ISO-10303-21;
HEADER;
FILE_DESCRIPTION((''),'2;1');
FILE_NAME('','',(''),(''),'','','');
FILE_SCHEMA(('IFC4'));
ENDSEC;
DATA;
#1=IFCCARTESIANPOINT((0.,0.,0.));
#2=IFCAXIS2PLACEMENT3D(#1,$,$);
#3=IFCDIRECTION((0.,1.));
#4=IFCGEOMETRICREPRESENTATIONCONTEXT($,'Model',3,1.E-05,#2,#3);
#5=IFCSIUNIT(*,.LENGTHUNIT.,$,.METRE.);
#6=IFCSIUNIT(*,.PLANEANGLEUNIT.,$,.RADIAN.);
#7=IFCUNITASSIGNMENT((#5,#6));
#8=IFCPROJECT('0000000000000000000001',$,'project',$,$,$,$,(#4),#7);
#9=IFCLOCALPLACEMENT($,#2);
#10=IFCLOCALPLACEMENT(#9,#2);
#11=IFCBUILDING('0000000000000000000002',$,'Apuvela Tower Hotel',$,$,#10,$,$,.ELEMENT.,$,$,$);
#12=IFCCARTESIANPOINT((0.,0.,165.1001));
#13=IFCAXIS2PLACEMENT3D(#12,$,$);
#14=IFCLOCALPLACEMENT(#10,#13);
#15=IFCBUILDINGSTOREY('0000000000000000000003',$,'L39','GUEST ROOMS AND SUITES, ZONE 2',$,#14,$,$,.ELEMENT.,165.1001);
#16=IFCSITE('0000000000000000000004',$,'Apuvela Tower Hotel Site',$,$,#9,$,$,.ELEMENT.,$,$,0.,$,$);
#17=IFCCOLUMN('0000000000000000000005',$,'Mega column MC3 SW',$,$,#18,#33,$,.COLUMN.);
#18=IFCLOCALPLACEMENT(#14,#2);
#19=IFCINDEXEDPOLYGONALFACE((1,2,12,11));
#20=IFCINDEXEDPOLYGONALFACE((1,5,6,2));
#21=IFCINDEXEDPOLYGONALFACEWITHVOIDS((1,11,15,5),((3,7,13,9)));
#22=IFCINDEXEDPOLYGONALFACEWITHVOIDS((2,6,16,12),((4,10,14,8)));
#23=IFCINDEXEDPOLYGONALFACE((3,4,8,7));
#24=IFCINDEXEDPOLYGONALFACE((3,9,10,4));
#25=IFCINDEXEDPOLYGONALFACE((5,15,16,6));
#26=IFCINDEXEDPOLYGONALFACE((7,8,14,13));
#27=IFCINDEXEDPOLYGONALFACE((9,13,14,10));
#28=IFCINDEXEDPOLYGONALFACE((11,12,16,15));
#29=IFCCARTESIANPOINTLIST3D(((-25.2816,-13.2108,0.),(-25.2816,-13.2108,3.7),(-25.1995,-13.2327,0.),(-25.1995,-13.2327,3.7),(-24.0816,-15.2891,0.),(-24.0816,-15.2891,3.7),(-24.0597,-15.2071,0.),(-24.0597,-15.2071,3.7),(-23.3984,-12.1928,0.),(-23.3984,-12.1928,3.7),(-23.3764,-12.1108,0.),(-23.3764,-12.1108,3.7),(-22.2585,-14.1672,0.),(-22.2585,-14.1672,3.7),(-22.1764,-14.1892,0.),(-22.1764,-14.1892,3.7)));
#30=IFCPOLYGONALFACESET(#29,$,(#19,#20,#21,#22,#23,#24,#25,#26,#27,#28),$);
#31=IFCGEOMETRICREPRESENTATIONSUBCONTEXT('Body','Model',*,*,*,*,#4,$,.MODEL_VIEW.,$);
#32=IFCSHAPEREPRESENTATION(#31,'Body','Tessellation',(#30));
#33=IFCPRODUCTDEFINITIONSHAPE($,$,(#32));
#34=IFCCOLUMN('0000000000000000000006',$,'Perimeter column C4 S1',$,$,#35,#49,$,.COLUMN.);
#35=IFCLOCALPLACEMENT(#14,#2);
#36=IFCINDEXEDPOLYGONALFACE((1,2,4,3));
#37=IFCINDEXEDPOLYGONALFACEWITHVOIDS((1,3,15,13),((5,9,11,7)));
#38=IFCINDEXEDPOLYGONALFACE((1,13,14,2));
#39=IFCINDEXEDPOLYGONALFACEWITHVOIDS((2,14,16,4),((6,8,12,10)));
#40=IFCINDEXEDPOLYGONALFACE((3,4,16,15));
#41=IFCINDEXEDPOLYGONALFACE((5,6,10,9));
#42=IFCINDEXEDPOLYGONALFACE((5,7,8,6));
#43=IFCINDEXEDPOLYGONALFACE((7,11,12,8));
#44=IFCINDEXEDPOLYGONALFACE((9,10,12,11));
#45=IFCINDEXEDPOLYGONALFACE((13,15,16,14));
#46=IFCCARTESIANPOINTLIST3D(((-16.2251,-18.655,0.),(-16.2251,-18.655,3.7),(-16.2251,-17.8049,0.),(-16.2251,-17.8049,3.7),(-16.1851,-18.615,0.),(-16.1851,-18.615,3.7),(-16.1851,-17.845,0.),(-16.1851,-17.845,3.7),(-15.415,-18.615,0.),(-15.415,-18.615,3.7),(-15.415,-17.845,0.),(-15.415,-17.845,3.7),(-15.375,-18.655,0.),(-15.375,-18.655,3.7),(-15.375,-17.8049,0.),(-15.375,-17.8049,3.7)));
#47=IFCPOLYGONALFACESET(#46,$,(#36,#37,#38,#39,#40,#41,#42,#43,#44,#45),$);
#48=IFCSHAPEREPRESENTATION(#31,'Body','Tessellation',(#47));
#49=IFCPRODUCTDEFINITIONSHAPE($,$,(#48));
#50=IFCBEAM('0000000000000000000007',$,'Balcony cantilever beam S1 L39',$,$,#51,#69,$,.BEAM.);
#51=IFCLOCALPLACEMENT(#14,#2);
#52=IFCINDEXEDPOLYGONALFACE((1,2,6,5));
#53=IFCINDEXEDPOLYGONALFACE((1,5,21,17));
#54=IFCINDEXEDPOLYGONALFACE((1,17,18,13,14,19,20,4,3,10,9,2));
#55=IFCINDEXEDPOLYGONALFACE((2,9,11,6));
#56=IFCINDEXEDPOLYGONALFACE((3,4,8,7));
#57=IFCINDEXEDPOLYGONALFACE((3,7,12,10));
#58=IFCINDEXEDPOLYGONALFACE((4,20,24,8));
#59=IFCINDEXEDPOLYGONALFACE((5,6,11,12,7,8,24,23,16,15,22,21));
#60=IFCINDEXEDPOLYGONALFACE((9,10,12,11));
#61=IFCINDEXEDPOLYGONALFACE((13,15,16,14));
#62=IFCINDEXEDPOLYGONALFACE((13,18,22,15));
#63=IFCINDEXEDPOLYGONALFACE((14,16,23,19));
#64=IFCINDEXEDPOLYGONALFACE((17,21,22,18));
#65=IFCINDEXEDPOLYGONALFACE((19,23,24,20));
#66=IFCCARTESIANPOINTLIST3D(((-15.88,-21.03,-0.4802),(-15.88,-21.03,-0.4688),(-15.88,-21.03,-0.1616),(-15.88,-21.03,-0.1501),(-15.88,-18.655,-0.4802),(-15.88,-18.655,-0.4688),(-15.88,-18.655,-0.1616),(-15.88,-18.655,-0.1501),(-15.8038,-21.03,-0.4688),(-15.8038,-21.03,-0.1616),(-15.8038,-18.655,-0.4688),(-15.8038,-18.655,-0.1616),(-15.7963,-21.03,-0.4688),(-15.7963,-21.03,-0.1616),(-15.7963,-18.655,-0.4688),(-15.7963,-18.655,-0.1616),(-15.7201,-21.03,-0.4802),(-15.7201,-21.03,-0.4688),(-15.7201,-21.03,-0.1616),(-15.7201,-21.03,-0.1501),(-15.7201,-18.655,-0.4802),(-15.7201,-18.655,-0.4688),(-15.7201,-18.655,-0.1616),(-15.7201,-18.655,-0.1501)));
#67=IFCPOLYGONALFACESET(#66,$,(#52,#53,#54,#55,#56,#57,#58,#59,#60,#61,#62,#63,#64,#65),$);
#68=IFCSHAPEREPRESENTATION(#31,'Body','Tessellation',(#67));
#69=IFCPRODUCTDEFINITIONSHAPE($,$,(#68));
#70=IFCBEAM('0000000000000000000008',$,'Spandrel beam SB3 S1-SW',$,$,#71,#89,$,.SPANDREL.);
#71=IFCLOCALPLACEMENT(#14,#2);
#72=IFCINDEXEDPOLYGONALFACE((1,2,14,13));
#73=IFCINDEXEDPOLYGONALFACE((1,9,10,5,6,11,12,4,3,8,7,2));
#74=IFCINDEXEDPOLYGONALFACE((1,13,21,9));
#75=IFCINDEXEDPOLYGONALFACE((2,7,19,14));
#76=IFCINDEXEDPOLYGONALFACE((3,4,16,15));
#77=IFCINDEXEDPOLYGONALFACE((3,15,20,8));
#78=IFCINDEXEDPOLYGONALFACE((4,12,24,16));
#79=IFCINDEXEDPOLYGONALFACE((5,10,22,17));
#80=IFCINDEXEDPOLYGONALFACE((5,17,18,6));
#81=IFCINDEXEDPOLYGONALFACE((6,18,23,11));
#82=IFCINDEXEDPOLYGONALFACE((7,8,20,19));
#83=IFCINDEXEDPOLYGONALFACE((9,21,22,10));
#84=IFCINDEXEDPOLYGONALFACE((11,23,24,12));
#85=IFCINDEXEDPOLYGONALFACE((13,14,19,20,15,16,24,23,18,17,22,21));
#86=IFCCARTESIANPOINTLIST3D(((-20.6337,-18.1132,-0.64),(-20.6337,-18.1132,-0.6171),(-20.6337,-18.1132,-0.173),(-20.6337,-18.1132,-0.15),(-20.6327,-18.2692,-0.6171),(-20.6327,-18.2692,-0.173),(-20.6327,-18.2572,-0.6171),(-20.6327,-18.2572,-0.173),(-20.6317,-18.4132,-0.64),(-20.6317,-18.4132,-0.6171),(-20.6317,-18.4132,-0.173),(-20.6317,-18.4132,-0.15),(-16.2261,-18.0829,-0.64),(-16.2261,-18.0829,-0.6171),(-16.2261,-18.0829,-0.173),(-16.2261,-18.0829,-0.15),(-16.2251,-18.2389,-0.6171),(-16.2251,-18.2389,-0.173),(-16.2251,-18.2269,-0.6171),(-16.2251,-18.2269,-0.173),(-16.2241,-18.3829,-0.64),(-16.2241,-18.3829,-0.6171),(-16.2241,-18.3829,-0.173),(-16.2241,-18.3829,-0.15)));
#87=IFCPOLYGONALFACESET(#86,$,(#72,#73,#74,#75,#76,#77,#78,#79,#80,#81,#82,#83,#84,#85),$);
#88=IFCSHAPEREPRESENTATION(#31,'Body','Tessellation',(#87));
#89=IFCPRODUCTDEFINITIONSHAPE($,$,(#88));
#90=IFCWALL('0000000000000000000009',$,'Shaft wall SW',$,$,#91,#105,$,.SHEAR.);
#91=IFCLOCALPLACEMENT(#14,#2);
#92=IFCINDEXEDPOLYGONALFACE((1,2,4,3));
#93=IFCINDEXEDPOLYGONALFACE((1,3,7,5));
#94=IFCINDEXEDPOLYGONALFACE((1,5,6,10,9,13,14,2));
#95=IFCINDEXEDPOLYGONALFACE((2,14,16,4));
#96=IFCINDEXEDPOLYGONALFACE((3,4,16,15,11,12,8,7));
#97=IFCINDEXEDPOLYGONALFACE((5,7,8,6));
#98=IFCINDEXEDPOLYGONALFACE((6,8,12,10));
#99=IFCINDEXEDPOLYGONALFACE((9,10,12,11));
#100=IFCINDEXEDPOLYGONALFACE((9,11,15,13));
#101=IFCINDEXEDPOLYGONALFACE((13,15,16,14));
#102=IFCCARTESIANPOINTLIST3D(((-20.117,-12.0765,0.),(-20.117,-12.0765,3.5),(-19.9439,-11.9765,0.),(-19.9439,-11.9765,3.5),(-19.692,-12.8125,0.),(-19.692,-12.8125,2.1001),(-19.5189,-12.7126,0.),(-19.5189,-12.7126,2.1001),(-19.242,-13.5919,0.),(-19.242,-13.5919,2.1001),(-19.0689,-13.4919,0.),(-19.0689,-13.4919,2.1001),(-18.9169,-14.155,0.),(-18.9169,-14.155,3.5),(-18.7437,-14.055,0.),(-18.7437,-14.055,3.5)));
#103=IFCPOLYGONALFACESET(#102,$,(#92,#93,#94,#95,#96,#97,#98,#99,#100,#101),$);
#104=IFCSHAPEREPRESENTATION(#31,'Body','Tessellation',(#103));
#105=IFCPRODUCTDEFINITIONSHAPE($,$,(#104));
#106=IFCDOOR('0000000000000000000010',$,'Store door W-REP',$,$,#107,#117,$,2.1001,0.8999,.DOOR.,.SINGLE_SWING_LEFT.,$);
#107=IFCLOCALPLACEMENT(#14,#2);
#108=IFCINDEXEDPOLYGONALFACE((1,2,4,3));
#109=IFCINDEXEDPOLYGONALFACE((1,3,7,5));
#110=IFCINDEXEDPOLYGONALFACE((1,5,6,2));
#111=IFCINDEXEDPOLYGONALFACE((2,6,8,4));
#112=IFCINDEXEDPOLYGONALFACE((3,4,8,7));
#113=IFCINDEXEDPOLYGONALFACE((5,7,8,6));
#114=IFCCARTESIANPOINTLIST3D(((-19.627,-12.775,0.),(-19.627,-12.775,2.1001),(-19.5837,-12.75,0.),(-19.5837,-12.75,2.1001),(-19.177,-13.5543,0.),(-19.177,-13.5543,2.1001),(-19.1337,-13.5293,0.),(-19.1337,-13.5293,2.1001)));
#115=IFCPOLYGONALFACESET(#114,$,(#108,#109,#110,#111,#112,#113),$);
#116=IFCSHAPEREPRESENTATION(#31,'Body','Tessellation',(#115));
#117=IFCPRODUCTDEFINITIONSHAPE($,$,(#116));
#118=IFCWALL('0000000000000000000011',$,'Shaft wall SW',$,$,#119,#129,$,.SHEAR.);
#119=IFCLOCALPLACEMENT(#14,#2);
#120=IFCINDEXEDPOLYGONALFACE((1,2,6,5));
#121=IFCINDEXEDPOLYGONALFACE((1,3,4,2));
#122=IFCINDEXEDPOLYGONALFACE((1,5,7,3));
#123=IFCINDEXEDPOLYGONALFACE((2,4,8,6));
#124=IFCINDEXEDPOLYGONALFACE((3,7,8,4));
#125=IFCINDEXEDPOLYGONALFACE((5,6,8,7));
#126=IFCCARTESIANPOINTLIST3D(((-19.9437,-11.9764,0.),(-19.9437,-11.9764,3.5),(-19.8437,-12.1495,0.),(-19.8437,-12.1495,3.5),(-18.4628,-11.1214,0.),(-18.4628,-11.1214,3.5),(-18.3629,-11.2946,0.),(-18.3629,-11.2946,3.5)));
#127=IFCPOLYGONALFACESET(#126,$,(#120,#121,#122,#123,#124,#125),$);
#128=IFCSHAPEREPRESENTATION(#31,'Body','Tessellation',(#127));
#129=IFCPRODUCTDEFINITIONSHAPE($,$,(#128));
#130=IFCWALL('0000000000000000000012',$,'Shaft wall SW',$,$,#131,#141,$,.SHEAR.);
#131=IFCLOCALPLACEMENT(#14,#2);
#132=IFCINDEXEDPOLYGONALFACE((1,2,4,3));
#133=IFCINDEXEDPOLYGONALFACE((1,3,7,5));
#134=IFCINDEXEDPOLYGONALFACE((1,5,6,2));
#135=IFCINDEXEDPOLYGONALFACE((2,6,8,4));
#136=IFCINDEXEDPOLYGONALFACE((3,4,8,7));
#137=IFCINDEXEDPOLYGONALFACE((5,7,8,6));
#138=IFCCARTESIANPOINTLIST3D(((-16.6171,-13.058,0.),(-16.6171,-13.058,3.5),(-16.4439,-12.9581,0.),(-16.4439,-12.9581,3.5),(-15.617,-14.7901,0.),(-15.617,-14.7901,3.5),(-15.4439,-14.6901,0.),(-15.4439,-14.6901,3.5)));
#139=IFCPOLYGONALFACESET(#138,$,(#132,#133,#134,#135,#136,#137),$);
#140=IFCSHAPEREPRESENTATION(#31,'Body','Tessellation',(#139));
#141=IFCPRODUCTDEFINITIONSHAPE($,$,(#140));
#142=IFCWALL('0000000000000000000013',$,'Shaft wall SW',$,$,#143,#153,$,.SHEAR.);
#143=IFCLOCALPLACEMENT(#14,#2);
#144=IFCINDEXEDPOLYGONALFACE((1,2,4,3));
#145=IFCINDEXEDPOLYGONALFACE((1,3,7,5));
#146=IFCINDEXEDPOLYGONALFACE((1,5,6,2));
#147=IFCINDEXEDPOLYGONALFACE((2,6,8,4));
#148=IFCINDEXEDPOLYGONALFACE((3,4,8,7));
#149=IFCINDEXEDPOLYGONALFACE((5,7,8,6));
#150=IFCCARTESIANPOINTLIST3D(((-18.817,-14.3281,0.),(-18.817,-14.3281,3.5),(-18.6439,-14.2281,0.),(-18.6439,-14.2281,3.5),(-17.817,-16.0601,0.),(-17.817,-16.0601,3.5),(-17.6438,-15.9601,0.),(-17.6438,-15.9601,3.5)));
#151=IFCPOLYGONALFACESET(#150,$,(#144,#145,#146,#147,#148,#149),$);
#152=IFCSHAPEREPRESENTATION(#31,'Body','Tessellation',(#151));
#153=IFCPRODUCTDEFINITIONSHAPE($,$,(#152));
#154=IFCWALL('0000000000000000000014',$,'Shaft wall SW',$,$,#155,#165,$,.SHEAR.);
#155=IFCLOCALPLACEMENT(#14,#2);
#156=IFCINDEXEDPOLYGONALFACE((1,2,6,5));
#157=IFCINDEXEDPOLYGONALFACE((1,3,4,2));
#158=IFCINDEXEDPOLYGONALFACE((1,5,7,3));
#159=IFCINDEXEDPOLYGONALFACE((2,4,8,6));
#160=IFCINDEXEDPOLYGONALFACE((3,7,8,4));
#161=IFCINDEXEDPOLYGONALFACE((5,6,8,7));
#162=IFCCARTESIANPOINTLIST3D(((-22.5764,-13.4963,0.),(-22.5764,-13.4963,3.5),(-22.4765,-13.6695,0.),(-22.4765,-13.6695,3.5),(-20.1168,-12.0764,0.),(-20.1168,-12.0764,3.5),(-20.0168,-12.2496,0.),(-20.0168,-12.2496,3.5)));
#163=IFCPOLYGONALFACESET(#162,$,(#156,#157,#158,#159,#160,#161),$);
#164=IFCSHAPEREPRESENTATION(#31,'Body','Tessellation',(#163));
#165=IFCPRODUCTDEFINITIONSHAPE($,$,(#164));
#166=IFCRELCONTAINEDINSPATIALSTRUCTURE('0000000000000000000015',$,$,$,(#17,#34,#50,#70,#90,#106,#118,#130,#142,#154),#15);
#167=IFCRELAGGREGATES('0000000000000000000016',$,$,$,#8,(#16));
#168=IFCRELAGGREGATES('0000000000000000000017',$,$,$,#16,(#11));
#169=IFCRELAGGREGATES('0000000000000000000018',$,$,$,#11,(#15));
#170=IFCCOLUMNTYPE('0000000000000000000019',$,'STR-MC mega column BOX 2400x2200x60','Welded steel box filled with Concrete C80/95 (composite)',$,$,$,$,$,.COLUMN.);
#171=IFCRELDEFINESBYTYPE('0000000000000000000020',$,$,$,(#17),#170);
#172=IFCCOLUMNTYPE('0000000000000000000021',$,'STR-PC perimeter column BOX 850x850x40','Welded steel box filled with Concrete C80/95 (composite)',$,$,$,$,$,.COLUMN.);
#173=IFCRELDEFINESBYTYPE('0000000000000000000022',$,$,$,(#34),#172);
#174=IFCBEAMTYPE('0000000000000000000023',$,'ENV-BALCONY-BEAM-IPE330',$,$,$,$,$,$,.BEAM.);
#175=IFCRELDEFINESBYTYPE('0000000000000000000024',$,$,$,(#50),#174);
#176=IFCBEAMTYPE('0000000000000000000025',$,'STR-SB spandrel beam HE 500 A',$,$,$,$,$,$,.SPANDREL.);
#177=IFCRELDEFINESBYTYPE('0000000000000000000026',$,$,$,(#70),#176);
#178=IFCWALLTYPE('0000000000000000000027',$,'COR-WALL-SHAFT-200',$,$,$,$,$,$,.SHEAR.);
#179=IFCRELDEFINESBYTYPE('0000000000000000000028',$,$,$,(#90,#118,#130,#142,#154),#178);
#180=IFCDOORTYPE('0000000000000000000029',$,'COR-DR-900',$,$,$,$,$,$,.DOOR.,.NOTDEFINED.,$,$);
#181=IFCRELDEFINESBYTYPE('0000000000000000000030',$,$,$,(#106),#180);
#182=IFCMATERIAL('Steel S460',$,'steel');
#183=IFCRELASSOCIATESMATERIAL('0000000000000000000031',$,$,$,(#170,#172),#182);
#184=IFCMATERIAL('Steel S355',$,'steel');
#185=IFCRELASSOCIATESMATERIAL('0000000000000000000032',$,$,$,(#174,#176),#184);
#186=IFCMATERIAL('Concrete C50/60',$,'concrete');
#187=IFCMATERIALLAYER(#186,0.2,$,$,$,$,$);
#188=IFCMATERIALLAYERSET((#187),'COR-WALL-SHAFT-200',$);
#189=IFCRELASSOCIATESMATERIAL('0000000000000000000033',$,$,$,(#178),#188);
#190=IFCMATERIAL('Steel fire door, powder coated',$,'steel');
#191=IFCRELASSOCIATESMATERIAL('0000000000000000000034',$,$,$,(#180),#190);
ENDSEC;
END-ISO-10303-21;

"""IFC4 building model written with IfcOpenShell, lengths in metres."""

from ifc_helpers import new_model, si_unit, direction, frame, frame_2d, origin, origin_2d, place, context, subcontext, project, spatial, rectangle, hollow_rectangle, i_section, extrude, material, layer, layer_set, material_profile, profile_set, type_object, element, fill, save


model = new_model("IFC4")

# Units and contexts
model_context = context("Model", 3, precision=1e-05, world=origin(), true_north=direction((0.0, 1.0)))
body_context = subcontext(model_context, "Body", "Model", "MODEL_VIEW")
ifc_project = project(units=[si_unit("LENGTHUNIT", "METRE"), si_unit("PLANEANGLEUNIT", "RADIAN")], contexts=[model_context])

# Site, building, storey
site_placement = place(None, origin())
site = spatial("IfcSite", under=ifc_project, at=site_placement, Name="Apuvela Tower Hotel Site", CompositionType="ELEMENT", RefElevation=0.0)
building_placement = place(site_placement, origin())
building = spatial("IfcBuilding", under=site, at=building_placement, Name="Apuvela Tower Hotel", CompositionType="ELEMENT")
storey_placement = place(building_placement, frame((0.0, 0.0, 165.1001)))
storey = spatial("IfcBuildingStorey", under=building, at=storey_placement, Name="L39", Description="GUEST ROOMS AND SUITES, ZONE 2", CompositionType="ELEMENT", Elevation=165.1001)

# Columns
ifc_material_1 = material(Name="Steel S460", Category="steel")
ifc_material_profile_1 = material_profile(ifc_material_1, hollow_rectangle(XDim=2.3999, YDim=2.2, WallThickness=0.0601, at=origin_2d()), Name="BOX 2400x2200x60")
ifc_material_2 = material(Name="Concrete C80/95", Category="concrete")
ifc_material_profile_2 = material_profile(ifc_material_2, rectangle(XDim=2.28, YDim=2.0801, at=origin_2d()), Name="Concrete C80/95 infill")
ifc_profile_set_1 = profile_set([ifc_material_profile_1, ifc_material_profile_2], Name="Steel S460")
column_type_1 = type_object("IfcColumnType", Name="STR-MC mega column BOX 2400x2200x60", Description="Welded steel box filled with Concrete C80/95 (composite)", PredefinedType="COLUMN", material=ifc_profile_set_1)
column_1_placement = place(storey_placement, frame((-23.729, -13.7, 0.0), z_axis=(0.0, 0.0, 1.0), x_axis=(-0.5, 0.866025, 0.0)))
element("IfcColumn", 1, at=column_1_placement, inside=storey, type_object=column_type_1, Name="Mega column MC3 SW", PredefinedType="COLUMN", context=body_context, shape_type="SweptSolid", body=[
    extrude(hollow_rectangle(XDim=2.3999, YDim=2.2, WallThickness=0.0601, at=origin_2d()), origin(), (0.0, 0.0, 1.0), 3.7),
])
ifc_material_profile_3 = material_profile(ifc_material_1, hollow_rectangle(XDim=0.8501, YDim=0.8501, WallThickness=0.04, at=origin_2d()), Name="BOX 850x850x40")
ifc_material_profile_4 = material_profile(ifc_material_2, rectangle(XDim=0.77, YDim=0.77, at=origin_2d()), Name="Concrete C80/95 infill")
ifc_profile_set_2 = profile_set([ifc_material_profile_3, ifc_material_profile_4], Name="Steel S460")
column_type_2 = type_object("IfcColumnType", Name="STR-PC perimeter column BOX 850x850x40", Description="Welded steel box filled with Concrete C80/95 (composite)", PredefinedType="COLUMN", material=ifc_profile_set_2)
column_2_placement = place(storey_placement, frame((-15.8, -18.23, 0.0), z_axis=(0.0, 0.0, 1.0), x_axis=(-1.0, 0.0, 0.0)))
element("IfcColumn", 2, at=column_2_placement, inside=storey, type_object=column_type_2, Name="Perimeter column C4 S1", PredefinedType="COLUMN", context=body_context, shape_type="SweptSolid", body=[
    extrude(hollow_rectangle(XDim=0.8501, YDim=0.8501, WallThickness=0.04, at=origin_2d()), origin(), (0.0, 0.0, 1.0), 3.7),
])

# Beams
ifc_material_3 = material(Name="Steel S355", Category="steel")
ifc_material_profile_5 = material_profile(ifc_material_3, i_section(OverallWidth=0.1599, OverallDepth=0.3301, WebThickness=0.0076, FlangeThickness=0.0115, at=origin_2d()), Name="IPE 330")
ifc_profile_set_3 = profile_set([ifc_material_profile_5], Name="Steel S355")
beam_type_1 = type_object("IfcBeamType", Name="ENV-BALCONY-BEAM-IPE330", PredefinedType="BEAM", material=ifc_profile_set_3)
beam_1_placement = place(storey_placement, frame((-15.8, -18.655, -0.3152), z_axis=(0.0, -1.0, 0.0), x_axis=(1.0, 0.0, 0.0)))
element("IfcBeam", 3, at=beam_1_placement, inside=storey, type_object=beam_type_1, Name="Balcony cantilever beam S1 L39", PredefinedType="BEAM", context=body_context, shape_type="SweptSolid", body=[
    extrude(i_section(OverallWidth=0.1599, OverallDepth=0.3301, WebThickness=0.0076, FlangeThickness=0.0115, at=origin_2d()), origin(), (0.0, 0.0, 1.0), 2.375),
])
ifc_material_profile_6 = material_profile(ifc_material_3, i_section(OverallWidth=0.3, OverallDepth=0.49, WebThickness=0.012, FlangeThickness=0.0229, at=origin_2d()), Name="HE 500 A")
ifc_profile_set_4 = profile_set([ifc_material_profile_6], Name="Steel S355")
beam_type_2 = type_object("IfcBeamType", Name="STR-SB spandrel beam HE 500 A", PredefinedType="SPANDREL", material=ifc_profile_set_4)
beam_2_placement = place(storey_placement, frame((-16.2251, -18.2329, -0.395), z_axis=(-0.999976, -0.006868, 0.0), x_axis=(0.006868, -0.999976, 0.0)))
element("IfcBeam", 4, at=beam_2_placement, inside=storey, type_object=beam_type_2, Name="Spandrel beam SB3 S1-SW", PredefinedType="SPANDREL", context=body_context, shape_type="SweptSolid", body=[
    extrude(i_section(OverallWidth=0.3, OverallDepth=0.49, WebThickness=0.012, FlangeThickness=0.0229, at=origin_2d()), origin(), (0.0, 0.0, 1.0), 4.4077),
])

# Wall, opening, door
ifc_material_4 = material(Name="Concrete C50/60", Category="concrete")
ifc_layer_1 = layer(ifc_material_4, 0.2)
ifc_layer_set_1 = layer_set([ifc_layer_1], Name="COR-WALL-SHAFT-200")
wall_type_1 = type_object("IfcWallType", Name="COR-WALL-SHAFT-200", PredefinedType="SHEAR", material=ifc_layer_set_1)
wall_1_placement = place(storey_placement, frame((-20.0305, -12.0264, 0.0), z_axis=(0.0, 0.0, 1.0), x_axis=(0.500034, -0.866006, 0.0)))
wall_1 = element("IfcWall", 5, at=wall_1_placement, inside=storey, type_object=wall_type_1, Name="Shaft wall SW", PredefinedType="SHEAR", context=body_context, shape_type="SweptSolid", body=[
    extrude(rectangle(XDim=2.4001, YDim=0.2, at=frame_2d((1.2002, 0.0))), origin(), (0.0, 0.0, 1.0), 3.5),
])
opening_1_placement = place(wall_1_placement, frame((0.8501, 0.0, 0.0)))
opening_1 = element("IfcOpeningElement", 6, at=opening_1_placement, cuts=wall_1, PredefinedType="OPENING", context=body_context, shape_type="SweptSolid", body=[
    extrude(rectangle(XDim=0.8999, YDim=2.1001, at=frame_2d((0.45, 1.05))), frame((0.0, 0.1099, 0.0), z_axis=(0.0, -1.0, 0.0), x_axis=(1.0, 0.0, 0.0)), (0.0, 0.0, 1.0), 0.22),
])
ifc_material_5 = material(Name="Steel fire door, powder coated", Category="steel")
door_type_1 = type_object("IfcDoorType", Name="COR-DR-900", OperationType="NOTDEFINED", PredefinedType="DOOR", material=ifc_material_5)
door_1_placement = place(opening_1_placement, frame((0.8999, 0.0, 0.0), z_axis=(0.0, 0.0, 1.0), x_axis=(-1.0, 0.0, 0.0)))
door_1 = element("IfcDoor", 7, at=door_1_placement, inside=storey, type_object=door_type_1, Name="Store door W-REP", OperationType="SINGLE_SWING_LEFT", OverallHeight=2.1001, OverallWidth=0.8999, PredefinedType="DOOR", context=body_context, shape_type="SweptSolid", body=[
    extrude(rectangle(XDim=0.8999, YDim=2.1001, at=frame_2d((0.45, 1.05))), frame((0.0, 0.0249, 0.0), z_axis=(0.0, -1.0, 0.0), x_axis=(1.0, 0.0, 0.0)), (0.0, 0.0, 1.0), 0.05),
])
fill(opening_1, door_1)

# Walls
wall_2_placement = place(storey_placement, frame((-18.4128, -11.208, 0.0), z_axis=(0.0, 0.0, 1.0), x_axis=(-0.866038, -0.499978, 0.0)))
element("IfcWall", 8, at=wall_2_placement, inside=storey, type_object=wall_type_1, Name="Shaft wall SW", PredefinedType="SHEAR", context=body_context, shape_type="SweptSolid", body=[
    extrude(rectangle(XDim=1.71, YDim=0.2, at=frame_2d((0.855, 0.0))), origin(), (0.0, 0.0, 1.0), 3.5),
])
for number, where, z_axis, x_axis, name in (
    (9, (-16.5305, -13.0081, 0.0), (0.0, 0.0, 1.0), (0.500025, -0.866011, 0.0), "Shaft wall SW"),
    (10, (-18.7305, -14.2781, 0.0), (0.0, 0.0, 1.0), (0.500025, -0.866011, 0.0), "Shaft wall SW"),
):
    element("IfcWall", number, at=place(storey_placement, frame(where, z_axis=z_axis, x_axis=x_axis)), inside=storey, type_object=wall_type_1, Name=name, PredefinedType="SHEAR", context=body_context, shape_type="SweptSolid", body=[
        extrude(rectangle(XDim=2.0, YDim=0.2, at=frame_2d((1.0, 0.0))), origin(), (0.0, 0.0, 1.0), 3.5),
    ])
wall_3_placement = place(storey_placement, frame((-20.0669, -12.1631, 0.0), z_axis=(0.0, 0.0, 1.0), x_axis=(-0.866055, -0.499948, 0.0)))
element("IfcWall", 11, at=wall_3_placement, inside=storey, type_object=wall_type_1, Name="Shaft wall SW", PredefinedType="SHEAR", context=body_context, shape_type="SweptSolid", body=[
    extrude(rectangle(XDim=2.8401, YDim=0.2, at=frame_2d((1.4199, 0.0))), origin(), (0.0, 0.0, 1.0), 3.5),
])

save(model, "model.ifc")
